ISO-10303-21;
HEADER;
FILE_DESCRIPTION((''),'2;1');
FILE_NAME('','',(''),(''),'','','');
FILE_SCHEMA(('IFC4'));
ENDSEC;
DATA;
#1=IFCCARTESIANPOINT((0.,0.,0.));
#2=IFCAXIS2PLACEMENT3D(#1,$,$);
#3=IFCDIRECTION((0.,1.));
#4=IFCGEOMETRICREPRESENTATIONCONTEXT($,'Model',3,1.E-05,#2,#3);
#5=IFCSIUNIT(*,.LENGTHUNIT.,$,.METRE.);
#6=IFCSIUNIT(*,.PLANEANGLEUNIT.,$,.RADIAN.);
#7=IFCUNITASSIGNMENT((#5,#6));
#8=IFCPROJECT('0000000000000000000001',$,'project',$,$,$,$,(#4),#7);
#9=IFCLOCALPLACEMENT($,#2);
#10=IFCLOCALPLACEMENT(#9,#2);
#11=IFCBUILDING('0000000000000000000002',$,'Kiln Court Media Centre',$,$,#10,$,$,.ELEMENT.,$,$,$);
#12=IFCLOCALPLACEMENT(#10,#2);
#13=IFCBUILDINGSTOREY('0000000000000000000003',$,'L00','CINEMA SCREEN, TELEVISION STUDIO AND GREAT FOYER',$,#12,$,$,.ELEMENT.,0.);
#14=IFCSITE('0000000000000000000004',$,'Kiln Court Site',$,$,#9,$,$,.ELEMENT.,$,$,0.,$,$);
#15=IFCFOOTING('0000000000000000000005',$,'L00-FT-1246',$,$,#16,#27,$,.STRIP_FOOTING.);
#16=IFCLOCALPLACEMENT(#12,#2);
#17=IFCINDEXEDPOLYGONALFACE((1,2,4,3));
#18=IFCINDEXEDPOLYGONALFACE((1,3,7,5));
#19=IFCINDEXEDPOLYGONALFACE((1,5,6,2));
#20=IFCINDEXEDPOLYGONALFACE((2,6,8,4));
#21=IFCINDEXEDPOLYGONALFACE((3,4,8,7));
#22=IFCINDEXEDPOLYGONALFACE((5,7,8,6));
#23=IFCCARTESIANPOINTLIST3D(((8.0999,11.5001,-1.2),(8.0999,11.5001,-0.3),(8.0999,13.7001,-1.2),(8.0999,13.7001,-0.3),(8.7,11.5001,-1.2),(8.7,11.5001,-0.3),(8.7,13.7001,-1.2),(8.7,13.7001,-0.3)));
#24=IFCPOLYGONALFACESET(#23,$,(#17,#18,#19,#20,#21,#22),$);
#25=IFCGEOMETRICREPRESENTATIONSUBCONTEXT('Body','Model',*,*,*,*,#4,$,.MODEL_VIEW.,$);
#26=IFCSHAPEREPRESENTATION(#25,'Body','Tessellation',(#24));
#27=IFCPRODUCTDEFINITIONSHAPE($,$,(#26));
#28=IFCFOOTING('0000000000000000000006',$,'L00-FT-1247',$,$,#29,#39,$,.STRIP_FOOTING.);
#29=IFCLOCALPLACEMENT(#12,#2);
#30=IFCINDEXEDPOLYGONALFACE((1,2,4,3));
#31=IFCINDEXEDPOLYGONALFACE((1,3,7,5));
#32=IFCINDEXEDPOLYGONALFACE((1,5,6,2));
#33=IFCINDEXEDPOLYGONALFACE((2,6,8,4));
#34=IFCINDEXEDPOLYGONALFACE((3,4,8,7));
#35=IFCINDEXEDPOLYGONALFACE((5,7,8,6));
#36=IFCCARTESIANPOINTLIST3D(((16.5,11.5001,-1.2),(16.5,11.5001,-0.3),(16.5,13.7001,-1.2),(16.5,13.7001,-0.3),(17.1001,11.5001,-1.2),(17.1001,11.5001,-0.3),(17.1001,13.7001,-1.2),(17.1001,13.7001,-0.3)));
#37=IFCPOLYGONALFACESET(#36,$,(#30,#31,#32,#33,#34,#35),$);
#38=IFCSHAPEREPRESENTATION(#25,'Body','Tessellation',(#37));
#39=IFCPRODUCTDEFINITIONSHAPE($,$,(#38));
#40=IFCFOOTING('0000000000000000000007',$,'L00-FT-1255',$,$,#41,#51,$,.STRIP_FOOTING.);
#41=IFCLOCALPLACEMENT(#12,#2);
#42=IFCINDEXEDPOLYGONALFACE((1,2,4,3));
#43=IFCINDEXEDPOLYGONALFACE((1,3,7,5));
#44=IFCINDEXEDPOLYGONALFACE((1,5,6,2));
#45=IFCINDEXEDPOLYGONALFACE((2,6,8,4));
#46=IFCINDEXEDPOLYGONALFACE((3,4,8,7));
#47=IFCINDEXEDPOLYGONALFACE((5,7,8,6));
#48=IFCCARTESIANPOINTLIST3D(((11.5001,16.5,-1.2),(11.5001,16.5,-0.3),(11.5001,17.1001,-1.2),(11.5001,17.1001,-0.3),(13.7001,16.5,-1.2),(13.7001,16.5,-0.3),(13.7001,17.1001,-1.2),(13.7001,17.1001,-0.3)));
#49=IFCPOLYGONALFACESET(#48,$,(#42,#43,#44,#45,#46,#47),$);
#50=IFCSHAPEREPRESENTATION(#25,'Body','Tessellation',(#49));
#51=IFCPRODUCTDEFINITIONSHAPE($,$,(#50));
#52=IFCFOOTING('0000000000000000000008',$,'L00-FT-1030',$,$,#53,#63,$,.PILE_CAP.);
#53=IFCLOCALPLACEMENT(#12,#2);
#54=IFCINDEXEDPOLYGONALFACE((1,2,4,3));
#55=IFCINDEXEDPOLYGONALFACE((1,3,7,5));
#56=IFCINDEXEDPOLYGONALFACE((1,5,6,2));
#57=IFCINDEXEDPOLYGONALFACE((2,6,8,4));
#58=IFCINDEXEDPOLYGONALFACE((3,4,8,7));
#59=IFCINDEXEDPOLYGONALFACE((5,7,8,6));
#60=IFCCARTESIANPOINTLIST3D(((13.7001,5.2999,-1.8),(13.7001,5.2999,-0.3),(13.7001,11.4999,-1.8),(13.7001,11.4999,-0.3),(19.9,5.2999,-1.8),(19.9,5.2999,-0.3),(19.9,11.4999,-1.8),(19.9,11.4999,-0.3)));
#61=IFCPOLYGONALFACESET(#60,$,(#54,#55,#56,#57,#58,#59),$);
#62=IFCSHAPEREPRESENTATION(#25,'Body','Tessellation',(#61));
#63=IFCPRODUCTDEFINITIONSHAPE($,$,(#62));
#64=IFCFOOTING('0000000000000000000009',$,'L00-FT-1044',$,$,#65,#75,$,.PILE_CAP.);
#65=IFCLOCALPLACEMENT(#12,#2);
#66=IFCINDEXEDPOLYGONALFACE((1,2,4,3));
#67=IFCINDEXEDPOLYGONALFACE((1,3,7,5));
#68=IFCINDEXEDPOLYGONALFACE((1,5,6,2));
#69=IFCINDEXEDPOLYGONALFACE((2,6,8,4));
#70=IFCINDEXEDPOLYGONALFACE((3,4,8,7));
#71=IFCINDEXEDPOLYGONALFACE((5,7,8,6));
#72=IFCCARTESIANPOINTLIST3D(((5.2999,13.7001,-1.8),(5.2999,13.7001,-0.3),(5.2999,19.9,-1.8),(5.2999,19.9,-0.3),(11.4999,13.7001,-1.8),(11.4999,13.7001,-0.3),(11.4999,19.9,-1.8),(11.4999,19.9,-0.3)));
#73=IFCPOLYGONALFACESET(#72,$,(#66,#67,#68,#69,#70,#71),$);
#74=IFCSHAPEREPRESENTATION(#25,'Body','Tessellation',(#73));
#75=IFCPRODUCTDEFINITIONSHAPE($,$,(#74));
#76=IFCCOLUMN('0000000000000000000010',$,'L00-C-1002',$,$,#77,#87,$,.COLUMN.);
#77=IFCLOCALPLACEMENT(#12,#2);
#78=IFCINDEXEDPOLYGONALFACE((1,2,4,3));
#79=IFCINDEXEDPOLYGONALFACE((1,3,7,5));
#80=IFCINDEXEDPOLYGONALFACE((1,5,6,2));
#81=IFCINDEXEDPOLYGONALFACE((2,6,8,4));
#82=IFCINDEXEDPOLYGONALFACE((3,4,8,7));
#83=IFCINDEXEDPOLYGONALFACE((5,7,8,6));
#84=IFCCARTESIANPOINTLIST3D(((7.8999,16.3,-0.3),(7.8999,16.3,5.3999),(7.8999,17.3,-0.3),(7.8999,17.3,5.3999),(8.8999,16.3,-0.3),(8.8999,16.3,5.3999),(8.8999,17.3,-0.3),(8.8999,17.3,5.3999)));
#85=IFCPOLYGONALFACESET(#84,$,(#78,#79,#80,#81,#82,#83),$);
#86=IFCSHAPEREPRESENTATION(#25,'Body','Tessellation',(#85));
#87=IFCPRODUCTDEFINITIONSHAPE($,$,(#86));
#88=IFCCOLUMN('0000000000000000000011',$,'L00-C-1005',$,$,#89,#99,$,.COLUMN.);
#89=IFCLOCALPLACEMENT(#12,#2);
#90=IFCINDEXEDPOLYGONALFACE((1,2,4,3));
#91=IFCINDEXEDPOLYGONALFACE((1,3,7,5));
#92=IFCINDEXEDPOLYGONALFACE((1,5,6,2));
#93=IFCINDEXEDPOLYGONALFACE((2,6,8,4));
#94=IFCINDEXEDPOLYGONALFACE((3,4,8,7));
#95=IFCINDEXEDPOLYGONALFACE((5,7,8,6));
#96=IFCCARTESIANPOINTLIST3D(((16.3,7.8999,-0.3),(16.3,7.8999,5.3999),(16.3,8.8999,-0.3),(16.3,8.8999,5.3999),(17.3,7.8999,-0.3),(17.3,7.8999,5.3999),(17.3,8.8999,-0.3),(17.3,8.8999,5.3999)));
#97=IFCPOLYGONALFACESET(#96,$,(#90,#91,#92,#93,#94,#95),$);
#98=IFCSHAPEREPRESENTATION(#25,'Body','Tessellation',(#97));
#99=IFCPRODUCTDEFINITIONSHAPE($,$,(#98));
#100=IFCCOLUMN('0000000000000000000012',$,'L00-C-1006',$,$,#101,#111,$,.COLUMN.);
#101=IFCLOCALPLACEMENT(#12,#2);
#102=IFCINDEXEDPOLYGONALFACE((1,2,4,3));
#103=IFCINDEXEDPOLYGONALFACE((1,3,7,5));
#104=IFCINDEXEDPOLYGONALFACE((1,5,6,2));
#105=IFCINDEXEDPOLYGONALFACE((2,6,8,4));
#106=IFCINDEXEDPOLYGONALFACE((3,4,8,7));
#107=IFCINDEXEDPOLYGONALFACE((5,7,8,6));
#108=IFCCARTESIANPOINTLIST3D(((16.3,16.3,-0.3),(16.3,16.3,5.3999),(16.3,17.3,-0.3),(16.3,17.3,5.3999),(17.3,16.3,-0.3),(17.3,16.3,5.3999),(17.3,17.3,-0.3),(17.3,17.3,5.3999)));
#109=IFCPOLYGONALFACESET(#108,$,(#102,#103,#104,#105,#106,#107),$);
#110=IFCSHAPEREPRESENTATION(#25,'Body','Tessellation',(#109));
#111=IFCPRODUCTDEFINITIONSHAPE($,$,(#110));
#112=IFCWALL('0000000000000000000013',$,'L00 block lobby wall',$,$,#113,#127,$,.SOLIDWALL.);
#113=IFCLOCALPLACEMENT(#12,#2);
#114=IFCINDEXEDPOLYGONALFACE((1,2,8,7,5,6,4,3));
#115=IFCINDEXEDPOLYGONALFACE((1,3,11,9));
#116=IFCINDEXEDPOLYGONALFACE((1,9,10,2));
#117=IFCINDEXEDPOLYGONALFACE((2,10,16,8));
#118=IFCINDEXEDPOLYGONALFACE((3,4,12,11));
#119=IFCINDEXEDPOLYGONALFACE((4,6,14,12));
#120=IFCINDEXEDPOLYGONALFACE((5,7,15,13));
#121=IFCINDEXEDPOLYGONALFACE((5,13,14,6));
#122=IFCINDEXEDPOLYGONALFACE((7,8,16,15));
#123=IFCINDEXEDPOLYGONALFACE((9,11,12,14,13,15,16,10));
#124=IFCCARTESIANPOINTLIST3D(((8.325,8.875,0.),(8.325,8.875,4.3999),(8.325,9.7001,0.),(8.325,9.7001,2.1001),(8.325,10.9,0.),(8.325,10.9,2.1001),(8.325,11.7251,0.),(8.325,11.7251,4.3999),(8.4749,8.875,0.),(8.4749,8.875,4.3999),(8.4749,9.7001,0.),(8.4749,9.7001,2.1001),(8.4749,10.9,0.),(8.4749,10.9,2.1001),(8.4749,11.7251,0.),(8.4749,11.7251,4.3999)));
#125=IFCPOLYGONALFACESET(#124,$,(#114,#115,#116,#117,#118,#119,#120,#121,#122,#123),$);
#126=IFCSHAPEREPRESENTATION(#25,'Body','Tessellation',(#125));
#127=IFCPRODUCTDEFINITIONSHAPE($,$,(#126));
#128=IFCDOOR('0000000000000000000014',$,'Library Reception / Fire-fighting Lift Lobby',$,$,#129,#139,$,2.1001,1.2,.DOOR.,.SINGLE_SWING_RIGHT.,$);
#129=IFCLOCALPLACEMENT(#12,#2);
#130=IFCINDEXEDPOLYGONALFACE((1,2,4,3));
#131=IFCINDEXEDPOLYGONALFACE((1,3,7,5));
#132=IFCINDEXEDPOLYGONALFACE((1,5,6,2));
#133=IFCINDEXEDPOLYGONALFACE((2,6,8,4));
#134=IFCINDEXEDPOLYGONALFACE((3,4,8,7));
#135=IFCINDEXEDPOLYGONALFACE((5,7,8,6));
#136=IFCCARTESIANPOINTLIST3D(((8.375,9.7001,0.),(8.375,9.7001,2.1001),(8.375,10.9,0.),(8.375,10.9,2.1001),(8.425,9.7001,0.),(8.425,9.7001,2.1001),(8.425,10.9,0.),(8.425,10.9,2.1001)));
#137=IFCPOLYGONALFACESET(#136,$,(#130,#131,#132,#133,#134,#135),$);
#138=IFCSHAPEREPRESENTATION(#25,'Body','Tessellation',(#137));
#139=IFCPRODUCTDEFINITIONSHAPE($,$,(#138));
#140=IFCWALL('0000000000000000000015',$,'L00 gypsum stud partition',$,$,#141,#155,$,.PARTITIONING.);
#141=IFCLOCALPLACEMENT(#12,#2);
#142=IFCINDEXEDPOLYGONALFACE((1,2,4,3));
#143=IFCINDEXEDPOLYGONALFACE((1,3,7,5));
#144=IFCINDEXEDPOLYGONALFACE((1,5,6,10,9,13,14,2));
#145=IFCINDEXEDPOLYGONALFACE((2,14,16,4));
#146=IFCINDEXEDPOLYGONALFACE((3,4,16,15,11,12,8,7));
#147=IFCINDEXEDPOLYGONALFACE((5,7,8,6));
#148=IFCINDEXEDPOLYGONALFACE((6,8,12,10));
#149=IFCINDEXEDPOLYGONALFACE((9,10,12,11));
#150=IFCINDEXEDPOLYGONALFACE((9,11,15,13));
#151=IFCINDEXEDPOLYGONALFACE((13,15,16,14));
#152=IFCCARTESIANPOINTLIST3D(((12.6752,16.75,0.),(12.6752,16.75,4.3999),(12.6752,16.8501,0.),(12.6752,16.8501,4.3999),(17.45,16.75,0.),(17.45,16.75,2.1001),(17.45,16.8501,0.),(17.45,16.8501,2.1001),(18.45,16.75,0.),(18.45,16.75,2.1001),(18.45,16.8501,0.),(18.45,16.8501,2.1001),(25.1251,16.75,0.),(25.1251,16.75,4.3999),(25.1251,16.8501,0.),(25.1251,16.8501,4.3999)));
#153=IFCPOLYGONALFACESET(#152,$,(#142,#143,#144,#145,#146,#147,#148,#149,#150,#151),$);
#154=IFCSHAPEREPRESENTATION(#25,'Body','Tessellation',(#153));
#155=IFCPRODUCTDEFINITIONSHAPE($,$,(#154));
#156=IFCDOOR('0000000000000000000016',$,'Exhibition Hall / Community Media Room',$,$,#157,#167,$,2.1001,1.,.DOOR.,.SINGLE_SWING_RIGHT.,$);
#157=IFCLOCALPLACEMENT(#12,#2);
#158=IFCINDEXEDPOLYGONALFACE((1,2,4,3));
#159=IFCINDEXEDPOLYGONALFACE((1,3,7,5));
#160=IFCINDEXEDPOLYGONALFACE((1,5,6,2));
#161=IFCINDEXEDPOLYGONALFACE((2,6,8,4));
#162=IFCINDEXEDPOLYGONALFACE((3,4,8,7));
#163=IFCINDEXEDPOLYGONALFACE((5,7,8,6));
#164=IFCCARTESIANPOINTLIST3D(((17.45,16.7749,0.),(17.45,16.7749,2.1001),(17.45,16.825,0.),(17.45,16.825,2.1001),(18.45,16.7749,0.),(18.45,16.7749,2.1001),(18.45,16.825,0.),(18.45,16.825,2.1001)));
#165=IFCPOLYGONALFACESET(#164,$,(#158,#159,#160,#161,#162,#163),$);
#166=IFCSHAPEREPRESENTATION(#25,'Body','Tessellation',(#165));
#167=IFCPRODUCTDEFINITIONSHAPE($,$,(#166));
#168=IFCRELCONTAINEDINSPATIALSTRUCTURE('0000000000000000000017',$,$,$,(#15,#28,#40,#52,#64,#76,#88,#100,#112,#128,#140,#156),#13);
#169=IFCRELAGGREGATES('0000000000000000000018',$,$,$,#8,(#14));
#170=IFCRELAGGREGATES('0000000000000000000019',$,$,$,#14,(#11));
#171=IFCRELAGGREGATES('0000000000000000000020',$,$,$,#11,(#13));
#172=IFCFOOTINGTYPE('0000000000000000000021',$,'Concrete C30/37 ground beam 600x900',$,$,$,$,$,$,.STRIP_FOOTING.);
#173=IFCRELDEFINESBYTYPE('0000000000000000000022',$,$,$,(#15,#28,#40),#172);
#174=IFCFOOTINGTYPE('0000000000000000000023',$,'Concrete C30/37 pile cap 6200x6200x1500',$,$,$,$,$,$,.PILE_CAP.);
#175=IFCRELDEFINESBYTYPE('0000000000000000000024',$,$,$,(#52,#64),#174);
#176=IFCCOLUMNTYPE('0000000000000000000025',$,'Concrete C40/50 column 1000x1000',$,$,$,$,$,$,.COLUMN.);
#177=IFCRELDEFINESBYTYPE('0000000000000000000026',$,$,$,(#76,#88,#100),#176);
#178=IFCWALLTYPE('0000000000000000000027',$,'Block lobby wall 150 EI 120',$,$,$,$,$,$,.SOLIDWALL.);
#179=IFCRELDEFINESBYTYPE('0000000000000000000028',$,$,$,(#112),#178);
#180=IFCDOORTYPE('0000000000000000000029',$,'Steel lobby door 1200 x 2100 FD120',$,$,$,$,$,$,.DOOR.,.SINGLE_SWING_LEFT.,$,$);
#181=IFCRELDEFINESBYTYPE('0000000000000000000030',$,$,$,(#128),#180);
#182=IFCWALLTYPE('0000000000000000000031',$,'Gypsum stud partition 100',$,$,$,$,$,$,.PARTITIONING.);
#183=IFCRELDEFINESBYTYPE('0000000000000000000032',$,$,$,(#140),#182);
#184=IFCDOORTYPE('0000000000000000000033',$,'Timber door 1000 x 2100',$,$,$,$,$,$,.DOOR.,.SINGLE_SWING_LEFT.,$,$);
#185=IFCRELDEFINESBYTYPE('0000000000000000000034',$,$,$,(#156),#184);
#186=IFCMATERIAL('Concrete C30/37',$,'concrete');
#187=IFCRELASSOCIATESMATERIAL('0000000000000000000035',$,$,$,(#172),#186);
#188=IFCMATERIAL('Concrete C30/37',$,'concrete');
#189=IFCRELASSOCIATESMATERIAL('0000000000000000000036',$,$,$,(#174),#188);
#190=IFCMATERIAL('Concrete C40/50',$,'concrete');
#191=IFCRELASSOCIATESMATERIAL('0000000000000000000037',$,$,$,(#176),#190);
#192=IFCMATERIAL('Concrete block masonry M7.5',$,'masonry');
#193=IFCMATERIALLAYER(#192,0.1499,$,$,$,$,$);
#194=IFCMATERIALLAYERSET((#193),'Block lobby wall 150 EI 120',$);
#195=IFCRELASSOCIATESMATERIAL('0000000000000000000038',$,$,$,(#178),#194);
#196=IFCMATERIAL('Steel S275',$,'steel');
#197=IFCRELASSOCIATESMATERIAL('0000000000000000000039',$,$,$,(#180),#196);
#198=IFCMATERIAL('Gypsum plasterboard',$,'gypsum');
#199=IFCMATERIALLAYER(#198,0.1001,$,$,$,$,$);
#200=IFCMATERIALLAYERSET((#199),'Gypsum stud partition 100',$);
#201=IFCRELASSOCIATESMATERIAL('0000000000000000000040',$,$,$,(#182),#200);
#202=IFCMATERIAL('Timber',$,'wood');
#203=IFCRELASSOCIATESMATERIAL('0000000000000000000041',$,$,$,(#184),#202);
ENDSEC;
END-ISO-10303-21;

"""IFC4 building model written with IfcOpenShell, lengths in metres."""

from ifc_helpers import new_model, si_unit, direction, frame, frame_2d, origin, origin_2d, place, context, subcontext, project, spatial, rectangle, extrude, material, layer, layer_set, material_profile, profile_set, type_object, element, fill, save


model = new_model("IFC4")

# Units and contexts
model_context = context("Model", 3, precision=1e-05, world=origin(), true_north=direction((0.0, 1.0)))
body_context = subcontext(model_context, "Body", "Model", "MODEL_VIEW")
ifc_project = project(units=[si_unit("LENGTHUNIT", "METRE"), si_unit("PLANEANGLEUNIT", "RADIAN")], contexts=[model_context])

# Site, building, storey
site_placement = place(None, origin())
site = spatial("IfcSite", under=ifc_project, at=site_placement, Name="Kiln Court Site", CompositionType="ELEMENT", RefElevation=0.0)
building_placement = place(site_placement, origin())
building = spatial("IfcBuilding", under=site, at=building_placement, Name="Kiln Court Media Centre", CompositionType="ELEMENT")
storey_placement = place(building_placement, origin())
storey = spatial("IfcBuildingStorey", under=building, at=storey_placement, Name="L00", Description="CINEMA SCREEN, TELEVISION STUDIO AND GREAT FOYER", CompositionType="ELEMENT", Elevation=0.0)

# Footings
ifc_material_1 = material(Name="Concrete C30/37", Category="concrete")
footing_type_1 = type_object("IfcFootingType", Name="Concrete C30/37 ground beam 600x900", PredefinedType="STRIP_FOOTING", material=ifc_material_1)
for number, where, z_axis, x_axis, name in (
    (1, (8.3999, 12.6001, -1.2), (0.0, 0.0, 1.0), (1.0, 0.0, 0.0), "L00-FT-1246"),
    (2, (16.8, 12.6001, -1.2), (0.0, 0.0, 1.0), (1.0, 0.0, 0.0), "L00-FT-1247"),
):
    element("IfcFooting", number, at=place(storey_placement, frame(where, z_axis=z_axis, x_axis=x_axis)), inside=storey, type_object=footing_type_1, Name=name, PredefinedType="STRIP_FOOTING", context=body_context, shape_type="SweptSolid", body=[
        extrude(rectangle(XDim=0.6001, YDim=2.2, at=origin_2d()), origin(), (0.0, 0.0, 1.0), 0.8999),
    ])
footing_placement = place(storey_placement, frame((12.6001, 16.8, -1.2), z_axis=(0.0, 0.0, 1.0), x_axis=(1.0, 0.0, 0.0)))
element("IfcFooting", 3, at=footing_placement, inside=storey, type_object=footing_type_1, Name="L00-FT-1255", PredefinedType="STRIP_FOOTING", context=body_context, shape_type="SweptSolid", body=[
    extrude(rectangle(XDim=2.2, YDim=0.6001, at=origin_2d()), origin(), (0.0, 0.0, 1.0), 0.8999),
])
ifc_material_2 = material(Name="Concrete C30/37", Category="concrete")
footing_type_2 = type_object("IfcFootingType", Name="Concrete C30/37 pile cap 6200x6200x1500", PredefinedType="PILE_CAP", material=ifc_material_2)
for number, where, z_axis, x_axis, name in (
    (4, (16.8, 8.3999, -1.8), (0.0, 0.0, 1.0), (1.0, 0.0, 0.0), "L00-FT-1030"),
    (5, (8.3999, 16.8, -1.8), (0.0, 0.0, 1.0), (1.0, 0.0, 0.0), "L00-FT-1044"),
):
    element("IfcFooting", number, at=place(storey_placement, frame(where, z_axis=z_axis, x_axis=x_axis)), inside=storey, type_object=footing_type_2, Name=name, PredefinedType="PILE_CAP", context=body_context, shape_type="SweptSolid", body=[
        extrude(rectangle(XDim=6.2, YDim=6.2, at=origin_2d()), origin(), (0.0, 0.0, 1.0), 1.5),
    ])

# Columns
ifc_material_3 = material(Name="Concrete C40/50", Category="concrete")
ifc_material_profile_1 = material_profile(ifc_material_3, rectangle(XDim=1.0, YDim=1.0, at=origin_2d()), Name="RC 1000x1000")
ifc_profile_set_1 = profile_set([ifc_material_profile_1], Name="Concrete C40/50")
column_type = type_object("IfcColumnType", Name="Concrete C40/50 column 1000x1000", PredefinedType="COLUMN", material=ifc_profile_set_1)
for number, where, z_axis, x_axis, name in (
    (6, (8.3999, 16.8, -0.3), (0.0, 0.0, 1.0), (1.0, 0.0, 0.0), "L00-C-1002"),
    (7, (16.8, 8.3999, -0.3), (0.0, 0.0, 1.0), (1.0, 0.0, 0.0), "L00-C-1005"),
    (8, (16.8, 16.8, -0.3), (0.0, 0.0, 1.0), (1.0, 0.0, 0.0), "L00-C-1006"),
):
    element("IfcColumn", number, at=place(storey_placement, frame(where, z_axis=z_axis, x_axis=x_axis)), inside=storey, type_object=column_type, Name=name, PredefinedType="COLUMN", context=body_context, shape_type="SweptSolid", body=[
        extrude(rectangle(XDim=1.0, YDim=1.0, at=origin_2d()), origin(), (0.0, 0.0, 1.0), 5.7),
    ])

# Walls, openings, doors
ifc_material_4 = material(Name="Concrete block masonry M7.5", Category="masonry")
ifc_layer_1 = layer(ifc_material_4, 0.1499)
ifc_layer_set_1 = layer_set([ifc_layer_1], Name="Block lobby wall 150 EI 120")
wall_type_1 = type_object("IfcWallType", Name="Block lobby wall 150 EI 120", PredefinedType="SOLIDWALL", material=ifc_layer_set_1)
wall_1_placement = place(storey_placement, frame((8.3999, 8.875, 0.0), z_axis=(0.0, 0.0, 1.0), x_axis=(0.0, 1.0, 0.0)))
wall_1 = element("IfcWall", 9, at=wall_1_placement, inside=storey, type_object=wall_type_1, Name="L00 block lobby wall", PredefinedType="SOLIDWALL", context=body_context, shape_type="SweptSolid", body=[
    extrude(rectangle(XDim=2.8501, YDim=0.1499, at=frame_2d((1.425, 0.0))), origin(), (0.0, 0.0, 1.0), 4.3999),
])
opening_1_placement = place(wall_1_placement, frame((0.825, 0.0, 0.0)))
opening_1 = element("IfcOpeningElement", 10, at=opening_1_placement, cuts=wall_1, PredefinedType="OPENING", context=body_context, shape_type="SweptSolid", body=[
    extrude(rectangle(XDim=1.2, YDim=2.1001, at=frame_2d((0.6001, 1.05))), frame((0.0, 0.085, 0.0), z_axis=(0.0, -1.0, 0.0), x_axis=(1.0, 0.0, 0.0)), (0.0, 0.0, 1.0), 0.1699),
])
ifc_material_5 = material(Name="Steel S275", Category="steel")
door_type_1 = type_object("IfcDoorType", Name="Steel lobby door 1200 x 2100 FD120", OperationType="SINGLE_SWING_LEFT", PredefinedType="DOOR", material=ifc_material_5)
door_1_placement = place(opening_1_placement, origin())
door_1 = element("IfcDoor", 11, at=door_1_placement, inside=storey, type_object=door_type_1, Name="Library Reception / Fire-fighting Lift Lobby", OperationType="SINGLE_SWING_RIGHT", OverallHeight=2.1001, OverallWidth=1.2, PredefinedType="DOOR", context=body_context, shape_type="SweptSolid", body=[
    extrude(rectangle(XDim=1.2, YDim=2.1001, at=frame_2d((0.6001, 1.05))), frame((0.0, 0.0249, 0.0), z_axis=(0.0, -1.0, 0.0), x_axis=(1.0, 0.0, 0.0)), (0.0, 0.0, 1.0), 0.05),
])
fill(opening_1, door_1)
ifc_material_6 = material(Name="Gypsum plasterboard", Category="gypsum")
ifc_layer_2 = layer(ifc_material_6, 0.1001)
ifc_layer_set_2 = layer_set([ifc_layer_2], Name="Gypsum stud partition 100")
wall_type_2 = type_object("IfcWallType", Name="Gypsum stud partition 100", PredefinedType="PARTITIONING", material=ifc_layer_set_2)
wall_2_placement = place(storey_placement, frame((12.675, 16.8, 0.0), z_axis=(0.0, 0.0, 1.0), x_axis=(1.0, 0.0, 0.0)))
wall_2 = element("IfcWall", 12, at=wall_2_placement, inside=storey, type_object=wall_type_2, Name="L00 gypsum stud partition", PredefinedType="PARTITIONING", context=body_context, shape_type="SweptSolid", body=[
    extrude(rectangle(XDim=12.45, YDim=0.1001, at=frame_2d((6.2251, 0.0))), origin(), (0.0, 0.0, 1.0), 4.3999),
])
opening_2_placement = place(wall_2_placement, frame((4.7749, 0.0, 0.0)))
opening_2 = element("IfcOpeningElement", 13, at=opening_2_placement, cuts=wall_2, PredefinedType="OPENING", context=body_context, shape_type="SweptSolid", body=[
    extrude(rectangle(XDim=1.0, YDim=2.1001, at=frame_2d((0.5, 1.05))), frame((0.0, 0.0601, 0.0), z_axis=(0.0, -1.0, 0.0), x_axis=(1.0, 0.0, 0.0)), (0.0, 0.0, 1.0), 0.1201),
])
ifc_material_7 = material(Name="Timber", Category="wood")
door_type_2 = type_object("IfcDoorType", Name="Timber door 1000 x 2100", OperationType="SINGLE_SWING_LEFT", PredefinedType="DOOR", material=ifc_material_7)
door_2_placement = place(opening_2_placement, origin())
door_2 = element("IfcDoor", 14, at=door_2_placement, inside=storey, type_object=door_type_2, Name="Exhibition Hall / Community Media Room", OperationType="SINGLE_SWING_RIGHT", OverallHeight=2.1001, OverallWidth=1.0, PredefinedType="DOOR", context=body_context, shape_type="SweptSolid", body=[
    extrude(rectangle(XDim=1.0, YDim=2.1001, at=frame_2d((0.5, 1.05))), frame((0.0, 0.0249, 0.0), z_axis=(0.0, -1.0, 0.0), x_axis=(1.0, 0.0, 0.0)), (0.0, 0.0, 1.0), 0.05),
])
fill(opening_2, door_2)

save(model, "model.ifc")
